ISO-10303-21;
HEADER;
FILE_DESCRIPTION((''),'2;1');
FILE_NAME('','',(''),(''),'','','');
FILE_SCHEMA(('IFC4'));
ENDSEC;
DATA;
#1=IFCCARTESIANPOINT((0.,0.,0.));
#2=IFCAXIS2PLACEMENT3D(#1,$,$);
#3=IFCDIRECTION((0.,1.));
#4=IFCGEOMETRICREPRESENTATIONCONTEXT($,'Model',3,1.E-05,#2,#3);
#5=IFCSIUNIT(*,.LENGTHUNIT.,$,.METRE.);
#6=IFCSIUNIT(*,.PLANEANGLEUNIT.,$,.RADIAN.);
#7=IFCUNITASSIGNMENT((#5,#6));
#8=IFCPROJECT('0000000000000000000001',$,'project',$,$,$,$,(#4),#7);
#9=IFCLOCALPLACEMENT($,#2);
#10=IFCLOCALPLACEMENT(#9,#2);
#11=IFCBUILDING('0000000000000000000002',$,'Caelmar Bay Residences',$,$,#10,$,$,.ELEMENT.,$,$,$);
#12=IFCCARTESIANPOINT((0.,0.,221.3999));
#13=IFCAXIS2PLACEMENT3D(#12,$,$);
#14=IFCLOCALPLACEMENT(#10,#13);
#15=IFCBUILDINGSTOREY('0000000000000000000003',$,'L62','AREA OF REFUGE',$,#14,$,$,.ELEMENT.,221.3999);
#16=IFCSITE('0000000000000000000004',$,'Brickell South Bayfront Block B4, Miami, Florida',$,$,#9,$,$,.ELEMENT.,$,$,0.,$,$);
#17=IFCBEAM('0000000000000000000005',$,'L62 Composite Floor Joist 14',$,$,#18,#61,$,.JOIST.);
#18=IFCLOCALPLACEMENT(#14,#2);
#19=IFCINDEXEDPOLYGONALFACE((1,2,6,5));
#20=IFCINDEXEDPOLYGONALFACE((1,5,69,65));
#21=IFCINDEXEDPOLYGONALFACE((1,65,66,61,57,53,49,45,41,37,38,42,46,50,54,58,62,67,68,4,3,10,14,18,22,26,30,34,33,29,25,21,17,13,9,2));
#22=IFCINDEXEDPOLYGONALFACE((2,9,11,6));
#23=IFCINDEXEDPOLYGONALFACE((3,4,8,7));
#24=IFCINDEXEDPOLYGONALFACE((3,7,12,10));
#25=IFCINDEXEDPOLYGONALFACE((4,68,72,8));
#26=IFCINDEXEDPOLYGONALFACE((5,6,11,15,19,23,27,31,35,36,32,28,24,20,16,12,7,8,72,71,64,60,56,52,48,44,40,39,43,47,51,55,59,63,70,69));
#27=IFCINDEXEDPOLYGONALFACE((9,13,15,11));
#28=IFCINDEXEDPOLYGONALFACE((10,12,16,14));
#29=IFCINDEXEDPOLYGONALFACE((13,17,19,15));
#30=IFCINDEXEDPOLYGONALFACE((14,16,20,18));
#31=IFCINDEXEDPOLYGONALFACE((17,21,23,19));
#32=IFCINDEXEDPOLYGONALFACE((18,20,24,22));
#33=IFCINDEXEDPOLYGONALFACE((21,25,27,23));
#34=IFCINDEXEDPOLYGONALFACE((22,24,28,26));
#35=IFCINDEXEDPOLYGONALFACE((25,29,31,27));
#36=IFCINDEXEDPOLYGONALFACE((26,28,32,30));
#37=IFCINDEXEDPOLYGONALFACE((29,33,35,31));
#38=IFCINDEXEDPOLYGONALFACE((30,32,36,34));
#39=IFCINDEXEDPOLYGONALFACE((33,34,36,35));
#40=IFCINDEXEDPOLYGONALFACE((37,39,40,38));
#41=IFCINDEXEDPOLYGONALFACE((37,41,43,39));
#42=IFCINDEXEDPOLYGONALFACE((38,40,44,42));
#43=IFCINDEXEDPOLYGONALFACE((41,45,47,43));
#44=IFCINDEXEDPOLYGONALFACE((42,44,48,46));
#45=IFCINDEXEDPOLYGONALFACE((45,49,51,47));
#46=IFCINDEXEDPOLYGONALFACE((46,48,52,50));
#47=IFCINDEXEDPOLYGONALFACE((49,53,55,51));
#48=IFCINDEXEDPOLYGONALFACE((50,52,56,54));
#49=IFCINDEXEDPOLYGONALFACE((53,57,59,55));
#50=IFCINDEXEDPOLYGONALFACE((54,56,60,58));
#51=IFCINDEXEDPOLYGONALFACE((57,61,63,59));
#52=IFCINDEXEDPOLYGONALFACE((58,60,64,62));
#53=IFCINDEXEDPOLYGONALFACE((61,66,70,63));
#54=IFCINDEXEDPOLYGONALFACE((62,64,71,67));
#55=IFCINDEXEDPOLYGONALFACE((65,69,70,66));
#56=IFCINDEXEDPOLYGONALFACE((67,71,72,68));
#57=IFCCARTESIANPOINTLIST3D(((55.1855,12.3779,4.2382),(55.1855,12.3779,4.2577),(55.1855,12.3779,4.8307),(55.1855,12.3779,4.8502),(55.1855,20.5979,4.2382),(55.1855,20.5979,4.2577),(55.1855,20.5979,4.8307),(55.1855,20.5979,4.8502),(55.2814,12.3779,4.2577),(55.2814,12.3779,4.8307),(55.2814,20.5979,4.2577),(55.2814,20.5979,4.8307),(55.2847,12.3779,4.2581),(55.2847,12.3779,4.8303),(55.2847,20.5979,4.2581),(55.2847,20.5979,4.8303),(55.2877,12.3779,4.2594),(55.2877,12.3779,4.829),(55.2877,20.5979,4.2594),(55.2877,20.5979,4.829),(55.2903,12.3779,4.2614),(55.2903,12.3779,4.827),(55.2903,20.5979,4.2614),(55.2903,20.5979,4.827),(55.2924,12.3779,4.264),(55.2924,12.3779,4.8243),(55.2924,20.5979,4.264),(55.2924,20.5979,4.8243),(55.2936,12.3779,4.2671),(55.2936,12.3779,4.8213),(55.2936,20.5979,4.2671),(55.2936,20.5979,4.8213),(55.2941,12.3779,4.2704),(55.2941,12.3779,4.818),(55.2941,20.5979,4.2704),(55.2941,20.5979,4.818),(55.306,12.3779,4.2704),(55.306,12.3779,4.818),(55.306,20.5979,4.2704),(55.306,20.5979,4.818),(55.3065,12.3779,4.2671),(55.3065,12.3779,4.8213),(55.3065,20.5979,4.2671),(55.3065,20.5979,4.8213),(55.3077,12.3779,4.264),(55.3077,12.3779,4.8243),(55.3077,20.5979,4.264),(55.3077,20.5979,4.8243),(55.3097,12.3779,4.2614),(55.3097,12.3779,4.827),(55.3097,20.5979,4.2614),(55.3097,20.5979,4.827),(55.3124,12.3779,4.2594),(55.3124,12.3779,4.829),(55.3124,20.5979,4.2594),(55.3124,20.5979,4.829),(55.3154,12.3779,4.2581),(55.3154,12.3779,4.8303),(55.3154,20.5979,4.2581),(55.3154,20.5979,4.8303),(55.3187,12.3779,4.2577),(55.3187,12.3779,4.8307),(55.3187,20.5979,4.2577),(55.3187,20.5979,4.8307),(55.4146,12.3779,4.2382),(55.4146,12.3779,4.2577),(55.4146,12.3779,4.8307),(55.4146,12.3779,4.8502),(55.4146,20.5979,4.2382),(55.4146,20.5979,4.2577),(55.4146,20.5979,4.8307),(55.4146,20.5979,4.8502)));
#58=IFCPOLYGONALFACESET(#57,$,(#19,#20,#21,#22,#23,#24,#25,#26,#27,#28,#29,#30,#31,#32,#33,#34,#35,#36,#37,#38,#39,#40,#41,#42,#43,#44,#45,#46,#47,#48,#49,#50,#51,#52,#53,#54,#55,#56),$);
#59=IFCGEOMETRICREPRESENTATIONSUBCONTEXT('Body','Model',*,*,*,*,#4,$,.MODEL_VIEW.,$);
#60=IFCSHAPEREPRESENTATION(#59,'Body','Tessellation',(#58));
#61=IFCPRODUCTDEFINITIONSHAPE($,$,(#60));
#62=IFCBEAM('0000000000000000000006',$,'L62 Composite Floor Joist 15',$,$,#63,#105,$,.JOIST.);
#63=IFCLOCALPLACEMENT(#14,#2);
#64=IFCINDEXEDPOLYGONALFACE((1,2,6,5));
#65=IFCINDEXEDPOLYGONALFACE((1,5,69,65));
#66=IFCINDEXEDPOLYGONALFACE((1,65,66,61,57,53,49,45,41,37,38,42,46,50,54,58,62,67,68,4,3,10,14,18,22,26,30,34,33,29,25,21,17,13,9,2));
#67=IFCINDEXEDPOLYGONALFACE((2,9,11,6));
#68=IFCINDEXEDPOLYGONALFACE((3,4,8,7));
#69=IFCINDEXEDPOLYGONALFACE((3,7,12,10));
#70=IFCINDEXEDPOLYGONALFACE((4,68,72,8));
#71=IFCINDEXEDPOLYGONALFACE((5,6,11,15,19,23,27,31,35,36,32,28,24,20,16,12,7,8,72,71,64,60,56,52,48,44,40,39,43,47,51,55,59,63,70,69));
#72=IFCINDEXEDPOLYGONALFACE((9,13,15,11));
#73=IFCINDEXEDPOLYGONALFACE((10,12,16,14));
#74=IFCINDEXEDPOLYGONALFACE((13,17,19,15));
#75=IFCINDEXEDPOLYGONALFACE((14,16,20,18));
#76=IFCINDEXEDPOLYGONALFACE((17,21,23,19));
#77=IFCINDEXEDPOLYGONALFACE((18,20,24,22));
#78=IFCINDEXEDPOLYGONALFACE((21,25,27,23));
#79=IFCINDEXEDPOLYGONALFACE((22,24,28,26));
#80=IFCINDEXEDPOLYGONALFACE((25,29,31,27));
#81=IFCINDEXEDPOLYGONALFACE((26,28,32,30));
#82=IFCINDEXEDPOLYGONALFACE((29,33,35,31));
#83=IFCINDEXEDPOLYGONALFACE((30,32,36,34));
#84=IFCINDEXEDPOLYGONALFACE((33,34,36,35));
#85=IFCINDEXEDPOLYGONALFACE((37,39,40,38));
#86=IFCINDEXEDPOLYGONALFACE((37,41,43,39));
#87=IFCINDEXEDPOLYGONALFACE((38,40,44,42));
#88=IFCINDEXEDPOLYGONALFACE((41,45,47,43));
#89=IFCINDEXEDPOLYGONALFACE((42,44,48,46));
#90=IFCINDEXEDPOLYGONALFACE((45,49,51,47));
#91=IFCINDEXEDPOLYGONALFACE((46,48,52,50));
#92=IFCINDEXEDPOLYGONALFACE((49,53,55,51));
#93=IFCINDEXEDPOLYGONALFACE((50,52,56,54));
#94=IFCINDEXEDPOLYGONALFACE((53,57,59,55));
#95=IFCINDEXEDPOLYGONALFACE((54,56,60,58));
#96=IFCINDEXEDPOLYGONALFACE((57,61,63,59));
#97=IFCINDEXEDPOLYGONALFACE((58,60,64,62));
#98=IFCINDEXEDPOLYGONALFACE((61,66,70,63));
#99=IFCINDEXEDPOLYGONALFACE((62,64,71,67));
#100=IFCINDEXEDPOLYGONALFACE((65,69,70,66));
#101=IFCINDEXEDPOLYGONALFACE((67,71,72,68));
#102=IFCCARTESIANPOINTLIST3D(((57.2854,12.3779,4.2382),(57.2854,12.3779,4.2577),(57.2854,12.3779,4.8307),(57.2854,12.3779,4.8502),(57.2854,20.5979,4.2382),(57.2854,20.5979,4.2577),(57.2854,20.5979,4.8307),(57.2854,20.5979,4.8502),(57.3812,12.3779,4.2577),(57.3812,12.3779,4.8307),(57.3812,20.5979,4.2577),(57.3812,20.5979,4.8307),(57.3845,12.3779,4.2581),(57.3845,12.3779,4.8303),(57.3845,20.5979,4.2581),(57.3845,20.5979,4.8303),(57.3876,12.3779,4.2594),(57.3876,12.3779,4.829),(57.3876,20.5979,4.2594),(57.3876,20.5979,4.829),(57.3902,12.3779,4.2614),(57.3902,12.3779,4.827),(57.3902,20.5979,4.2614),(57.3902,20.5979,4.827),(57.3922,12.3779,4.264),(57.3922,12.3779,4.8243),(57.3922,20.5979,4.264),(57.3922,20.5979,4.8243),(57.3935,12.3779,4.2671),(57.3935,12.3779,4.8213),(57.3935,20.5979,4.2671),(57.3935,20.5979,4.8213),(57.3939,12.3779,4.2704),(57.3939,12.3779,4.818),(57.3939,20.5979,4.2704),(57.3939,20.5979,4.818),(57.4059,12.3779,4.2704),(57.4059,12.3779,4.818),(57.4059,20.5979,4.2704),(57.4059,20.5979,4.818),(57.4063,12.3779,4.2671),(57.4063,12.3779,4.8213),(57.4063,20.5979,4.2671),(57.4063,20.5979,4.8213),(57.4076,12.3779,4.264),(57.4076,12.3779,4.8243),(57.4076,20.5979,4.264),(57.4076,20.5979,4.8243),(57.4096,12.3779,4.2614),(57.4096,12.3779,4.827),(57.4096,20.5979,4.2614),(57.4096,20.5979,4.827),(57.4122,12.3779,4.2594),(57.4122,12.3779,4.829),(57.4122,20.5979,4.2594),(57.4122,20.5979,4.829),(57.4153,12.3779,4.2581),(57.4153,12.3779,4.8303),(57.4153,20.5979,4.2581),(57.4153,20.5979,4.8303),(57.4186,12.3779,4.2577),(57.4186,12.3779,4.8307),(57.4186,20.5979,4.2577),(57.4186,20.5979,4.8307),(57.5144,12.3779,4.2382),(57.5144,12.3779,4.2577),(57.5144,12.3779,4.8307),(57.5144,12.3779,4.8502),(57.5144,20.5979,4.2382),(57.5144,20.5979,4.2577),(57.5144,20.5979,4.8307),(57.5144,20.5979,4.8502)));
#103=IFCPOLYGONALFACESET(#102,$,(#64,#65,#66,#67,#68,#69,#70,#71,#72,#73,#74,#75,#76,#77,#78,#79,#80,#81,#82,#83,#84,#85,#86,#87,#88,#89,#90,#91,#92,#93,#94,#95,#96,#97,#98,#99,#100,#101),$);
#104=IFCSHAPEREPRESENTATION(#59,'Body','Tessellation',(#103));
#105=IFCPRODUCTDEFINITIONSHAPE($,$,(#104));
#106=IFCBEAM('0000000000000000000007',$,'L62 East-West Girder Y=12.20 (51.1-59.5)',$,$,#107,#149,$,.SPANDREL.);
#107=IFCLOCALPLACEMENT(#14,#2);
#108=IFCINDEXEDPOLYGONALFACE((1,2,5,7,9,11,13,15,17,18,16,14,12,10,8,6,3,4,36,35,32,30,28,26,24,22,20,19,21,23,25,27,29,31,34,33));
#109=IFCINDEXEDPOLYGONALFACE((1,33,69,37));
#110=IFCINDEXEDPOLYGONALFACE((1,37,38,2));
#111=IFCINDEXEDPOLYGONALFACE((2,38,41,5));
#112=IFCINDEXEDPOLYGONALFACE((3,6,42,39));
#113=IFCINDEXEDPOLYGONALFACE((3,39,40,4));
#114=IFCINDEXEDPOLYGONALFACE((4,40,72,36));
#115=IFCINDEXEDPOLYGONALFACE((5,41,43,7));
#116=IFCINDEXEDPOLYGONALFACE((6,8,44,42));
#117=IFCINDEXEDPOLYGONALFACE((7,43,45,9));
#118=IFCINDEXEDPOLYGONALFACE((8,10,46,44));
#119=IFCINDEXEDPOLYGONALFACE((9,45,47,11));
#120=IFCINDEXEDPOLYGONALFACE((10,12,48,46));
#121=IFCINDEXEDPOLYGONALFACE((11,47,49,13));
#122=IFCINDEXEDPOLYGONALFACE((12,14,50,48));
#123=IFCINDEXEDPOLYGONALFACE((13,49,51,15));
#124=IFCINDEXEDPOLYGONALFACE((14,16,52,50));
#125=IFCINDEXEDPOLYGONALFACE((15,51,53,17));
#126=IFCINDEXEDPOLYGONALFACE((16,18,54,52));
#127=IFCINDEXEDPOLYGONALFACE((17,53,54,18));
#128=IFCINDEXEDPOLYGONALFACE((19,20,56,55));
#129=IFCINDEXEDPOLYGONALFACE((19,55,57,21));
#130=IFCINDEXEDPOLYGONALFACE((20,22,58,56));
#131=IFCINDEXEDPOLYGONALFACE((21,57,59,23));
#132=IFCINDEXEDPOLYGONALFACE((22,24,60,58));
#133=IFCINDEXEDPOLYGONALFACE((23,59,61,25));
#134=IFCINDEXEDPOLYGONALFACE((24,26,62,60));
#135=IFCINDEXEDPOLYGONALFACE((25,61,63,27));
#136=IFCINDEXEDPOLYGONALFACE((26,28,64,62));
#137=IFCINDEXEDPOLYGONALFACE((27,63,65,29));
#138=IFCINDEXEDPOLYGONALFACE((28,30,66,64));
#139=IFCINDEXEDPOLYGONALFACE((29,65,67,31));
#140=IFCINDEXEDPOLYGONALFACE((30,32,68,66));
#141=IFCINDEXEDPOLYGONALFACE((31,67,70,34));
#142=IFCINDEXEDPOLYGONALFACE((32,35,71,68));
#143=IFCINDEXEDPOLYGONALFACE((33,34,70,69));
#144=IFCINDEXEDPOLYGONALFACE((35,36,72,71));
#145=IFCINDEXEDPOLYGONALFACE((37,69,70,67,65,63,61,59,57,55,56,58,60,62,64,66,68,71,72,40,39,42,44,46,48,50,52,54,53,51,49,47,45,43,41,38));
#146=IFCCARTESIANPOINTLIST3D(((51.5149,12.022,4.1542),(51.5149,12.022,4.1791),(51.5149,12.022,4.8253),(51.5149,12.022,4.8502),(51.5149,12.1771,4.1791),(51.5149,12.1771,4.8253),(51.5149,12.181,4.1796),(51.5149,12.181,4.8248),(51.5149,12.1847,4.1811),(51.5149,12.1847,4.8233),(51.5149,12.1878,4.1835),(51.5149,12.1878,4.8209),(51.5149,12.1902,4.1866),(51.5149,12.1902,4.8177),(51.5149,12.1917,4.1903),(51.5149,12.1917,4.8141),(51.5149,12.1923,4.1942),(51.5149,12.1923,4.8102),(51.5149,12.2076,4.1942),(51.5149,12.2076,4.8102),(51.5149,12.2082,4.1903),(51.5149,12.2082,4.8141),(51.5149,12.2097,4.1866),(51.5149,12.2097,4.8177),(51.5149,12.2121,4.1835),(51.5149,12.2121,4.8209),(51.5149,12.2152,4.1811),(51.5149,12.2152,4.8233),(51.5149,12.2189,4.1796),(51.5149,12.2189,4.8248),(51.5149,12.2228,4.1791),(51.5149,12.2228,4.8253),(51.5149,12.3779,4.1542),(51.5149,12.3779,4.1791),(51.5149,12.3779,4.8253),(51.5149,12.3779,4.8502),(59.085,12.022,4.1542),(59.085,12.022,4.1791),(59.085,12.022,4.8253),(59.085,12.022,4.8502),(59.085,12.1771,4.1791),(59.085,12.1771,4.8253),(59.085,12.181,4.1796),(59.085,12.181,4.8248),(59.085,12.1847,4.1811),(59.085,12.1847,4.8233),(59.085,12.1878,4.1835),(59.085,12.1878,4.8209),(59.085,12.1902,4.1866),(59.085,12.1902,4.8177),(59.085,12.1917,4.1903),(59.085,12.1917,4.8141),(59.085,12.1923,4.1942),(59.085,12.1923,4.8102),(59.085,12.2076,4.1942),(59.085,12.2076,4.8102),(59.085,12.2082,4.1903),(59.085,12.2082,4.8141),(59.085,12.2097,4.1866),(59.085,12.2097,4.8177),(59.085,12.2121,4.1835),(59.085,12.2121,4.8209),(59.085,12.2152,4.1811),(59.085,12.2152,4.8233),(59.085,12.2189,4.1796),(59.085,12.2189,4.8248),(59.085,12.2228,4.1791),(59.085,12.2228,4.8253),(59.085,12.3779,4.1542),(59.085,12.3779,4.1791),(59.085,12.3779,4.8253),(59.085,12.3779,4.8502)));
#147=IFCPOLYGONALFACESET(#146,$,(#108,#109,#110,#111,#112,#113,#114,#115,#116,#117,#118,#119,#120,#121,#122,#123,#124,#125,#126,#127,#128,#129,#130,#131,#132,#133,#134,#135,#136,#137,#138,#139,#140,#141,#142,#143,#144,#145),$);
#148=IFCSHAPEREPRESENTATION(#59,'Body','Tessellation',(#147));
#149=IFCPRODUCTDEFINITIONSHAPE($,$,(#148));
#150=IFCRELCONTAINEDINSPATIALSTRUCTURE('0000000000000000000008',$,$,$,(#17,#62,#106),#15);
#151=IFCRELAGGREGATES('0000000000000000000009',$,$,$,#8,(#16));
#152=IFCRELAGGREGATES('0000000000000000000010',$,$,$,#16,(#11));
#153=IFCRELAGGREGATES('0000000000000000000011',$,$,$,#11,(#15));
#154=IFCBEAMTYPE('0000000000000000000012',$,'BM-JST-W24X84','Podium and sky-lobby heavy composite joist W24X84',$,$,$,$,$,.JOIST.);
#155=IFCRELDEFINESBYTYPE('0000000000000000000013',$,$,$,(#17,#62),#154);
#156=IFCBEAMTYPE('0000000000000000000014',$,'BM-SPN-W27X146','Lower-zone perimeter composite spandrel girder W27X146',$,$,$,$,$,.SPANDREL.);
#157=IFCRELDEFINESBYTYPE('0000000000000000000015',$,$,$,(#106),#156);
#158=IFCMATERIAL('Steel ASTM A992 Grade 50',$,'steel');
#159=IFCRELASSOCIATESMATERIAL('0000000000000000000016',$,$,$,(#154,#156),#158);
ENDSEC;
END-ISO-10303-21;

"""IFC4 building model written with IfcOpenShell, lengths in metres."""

from ifc_helpers import new_model, si_unit, direction, frame, origin, origin_2d, place, context, subcontext, project, spatial, i_section, extrude, material, material_profile, profile_set, type_object, element, save


model = new_model("IFC4")

# Units and contexts
model_context = context("Model", 3, precision=1e-05, world=origin(), true_north=direction((0.0, 1.0)))
body_context = subcontext(model_context, "Body", "Model", "MODEL_VIEW")
ifc_project = project(units=[si_unit("LENGTHUNIT", "METRE"), si_unit("PLANEANGLEUNIT", "RADIAN")], contexts=[model_context])

# Site, building, storey
site_placement = place(None, origin())
site = spatial("IfcSite", under=ifc_project, at=site_placement, Name="Brickell South Bayfront Block B4, Miami, Florida", CompositionType="ELEMENT", RefElevation=0.0)
building_placement = place(site_placement, origin())
building = spatial("IfcBuilding", under=site, at=building_placement, Name="Caelmar Bay Residences", CompositionType="ELEMENT")
storey_placement = place(building_placement, frame((0.0, 0.0, 221.3999)))
storey = spatial("IfcBuildingStorey", under=building, at=storey_placement, Name="L62", Description="AREA OF REFUGE", CompositionType="ELEMENT", Elevation=221.3999)

# Beams
ifc_material_1 = material(Name="Steel ASTM A992 Grade 50", Category="steel")
ifc_material_profile_1 = material_profile(ifc_material_1, i_section(OverallWidth=0.229, OverallDepth=0.6121, WebThickness=0.012, FlangeThickness=0.0195, FilletRadius=0.0127, at=origin_2d()), Name="W24X84")
ifc_profile_set_1 = profile_set([ifc_material_profile_1], Name="Steel ASTM A992 Grade 50")
beam_type_1 = type_object("IfcBeamType", Name="BM-JST-W24X84", Description="Podium and sky-lobby heavy composite joist W24X84", PredefinedType="JOIST", material=ifc_profile_set_1)
for number, where, z_axis, x_axis, name in (
    (1, (55.3, 12.3779, 4.5442), (0.0, 1.0, 0.0), (-1.0, 0.0, 0.0), "L62 Composite Floor Joist 14"),
    (2, (57.3999, 12.3779, 4.5442), (0.0, 1.0, 0.0), (-1.0, 0.0, 0.0), "L62 Composite Floor Joist 15"),
):
    element("IfcBeam", number, at=place(storey_placement, frame(where, z_axis=z_axis, x_axis=x_axis)), inside=storey, type_object=beam_type_1, Name=name, PredefinedType="JOIST", context=body_context, shape_type="SweptSolid", body=[
        extrude(i_section(OverallWidth=0.229, OverallDepth=0.6121, WebThickness=0.012, FlangeThickness=0.0195, FilletRadius=0.0127, at=origin_2d()), origin(), (0.0, 0.0, 1.0), 8.22),
    ])
ifc_material_profile_2 = material_profile(ifc_material_1, i_section(OverallWidth=0.356, OverallDepth=0.696, WebThickness=0.0154, FlangeThickness=0.0249, FilletRadius=0.0151, at=origin_2d()), Name="W27X146")
ifc_profile_set_2 = profile_set([ifc_material_profile_2], Name="Steel ASTM A992 Grade 50")
beam_type_2 = type_object("IfcBeamType", Name="BM-SPN-W27X146", Description="Lower-zone perimeter composite spandrel girder W27X146", PredefinedType="SPANDREL", material=ifc_profile_set_2)
beam_1_placement = place(storey_placement, frame((51.5149, 12.2, 4.5022), z_axis=(1.0, 0.0, 0.0), x_axis=(0.0, 1.0, 0.0)))
element("IfcBeam", 3, at=beam_1_placement, inside=storey, type_object=beam_type_2, Name="L62 East-West Girder Y=12.20 (51.1-59.5)", PredefinedType="SPANDREL", context=body_context, shape_type="SweptSolid", body=[
    extrude(i_section(OverallWidth=0.356, OverallDepth=0.696, WebThickness=0.0154, FlangeThickness=0.0249, FilletRadius=0.0151, at=origin_2d()), origin(), (0.0, 0.0, 1.0), 7.5701),
])

save(model, "model.ifc")
